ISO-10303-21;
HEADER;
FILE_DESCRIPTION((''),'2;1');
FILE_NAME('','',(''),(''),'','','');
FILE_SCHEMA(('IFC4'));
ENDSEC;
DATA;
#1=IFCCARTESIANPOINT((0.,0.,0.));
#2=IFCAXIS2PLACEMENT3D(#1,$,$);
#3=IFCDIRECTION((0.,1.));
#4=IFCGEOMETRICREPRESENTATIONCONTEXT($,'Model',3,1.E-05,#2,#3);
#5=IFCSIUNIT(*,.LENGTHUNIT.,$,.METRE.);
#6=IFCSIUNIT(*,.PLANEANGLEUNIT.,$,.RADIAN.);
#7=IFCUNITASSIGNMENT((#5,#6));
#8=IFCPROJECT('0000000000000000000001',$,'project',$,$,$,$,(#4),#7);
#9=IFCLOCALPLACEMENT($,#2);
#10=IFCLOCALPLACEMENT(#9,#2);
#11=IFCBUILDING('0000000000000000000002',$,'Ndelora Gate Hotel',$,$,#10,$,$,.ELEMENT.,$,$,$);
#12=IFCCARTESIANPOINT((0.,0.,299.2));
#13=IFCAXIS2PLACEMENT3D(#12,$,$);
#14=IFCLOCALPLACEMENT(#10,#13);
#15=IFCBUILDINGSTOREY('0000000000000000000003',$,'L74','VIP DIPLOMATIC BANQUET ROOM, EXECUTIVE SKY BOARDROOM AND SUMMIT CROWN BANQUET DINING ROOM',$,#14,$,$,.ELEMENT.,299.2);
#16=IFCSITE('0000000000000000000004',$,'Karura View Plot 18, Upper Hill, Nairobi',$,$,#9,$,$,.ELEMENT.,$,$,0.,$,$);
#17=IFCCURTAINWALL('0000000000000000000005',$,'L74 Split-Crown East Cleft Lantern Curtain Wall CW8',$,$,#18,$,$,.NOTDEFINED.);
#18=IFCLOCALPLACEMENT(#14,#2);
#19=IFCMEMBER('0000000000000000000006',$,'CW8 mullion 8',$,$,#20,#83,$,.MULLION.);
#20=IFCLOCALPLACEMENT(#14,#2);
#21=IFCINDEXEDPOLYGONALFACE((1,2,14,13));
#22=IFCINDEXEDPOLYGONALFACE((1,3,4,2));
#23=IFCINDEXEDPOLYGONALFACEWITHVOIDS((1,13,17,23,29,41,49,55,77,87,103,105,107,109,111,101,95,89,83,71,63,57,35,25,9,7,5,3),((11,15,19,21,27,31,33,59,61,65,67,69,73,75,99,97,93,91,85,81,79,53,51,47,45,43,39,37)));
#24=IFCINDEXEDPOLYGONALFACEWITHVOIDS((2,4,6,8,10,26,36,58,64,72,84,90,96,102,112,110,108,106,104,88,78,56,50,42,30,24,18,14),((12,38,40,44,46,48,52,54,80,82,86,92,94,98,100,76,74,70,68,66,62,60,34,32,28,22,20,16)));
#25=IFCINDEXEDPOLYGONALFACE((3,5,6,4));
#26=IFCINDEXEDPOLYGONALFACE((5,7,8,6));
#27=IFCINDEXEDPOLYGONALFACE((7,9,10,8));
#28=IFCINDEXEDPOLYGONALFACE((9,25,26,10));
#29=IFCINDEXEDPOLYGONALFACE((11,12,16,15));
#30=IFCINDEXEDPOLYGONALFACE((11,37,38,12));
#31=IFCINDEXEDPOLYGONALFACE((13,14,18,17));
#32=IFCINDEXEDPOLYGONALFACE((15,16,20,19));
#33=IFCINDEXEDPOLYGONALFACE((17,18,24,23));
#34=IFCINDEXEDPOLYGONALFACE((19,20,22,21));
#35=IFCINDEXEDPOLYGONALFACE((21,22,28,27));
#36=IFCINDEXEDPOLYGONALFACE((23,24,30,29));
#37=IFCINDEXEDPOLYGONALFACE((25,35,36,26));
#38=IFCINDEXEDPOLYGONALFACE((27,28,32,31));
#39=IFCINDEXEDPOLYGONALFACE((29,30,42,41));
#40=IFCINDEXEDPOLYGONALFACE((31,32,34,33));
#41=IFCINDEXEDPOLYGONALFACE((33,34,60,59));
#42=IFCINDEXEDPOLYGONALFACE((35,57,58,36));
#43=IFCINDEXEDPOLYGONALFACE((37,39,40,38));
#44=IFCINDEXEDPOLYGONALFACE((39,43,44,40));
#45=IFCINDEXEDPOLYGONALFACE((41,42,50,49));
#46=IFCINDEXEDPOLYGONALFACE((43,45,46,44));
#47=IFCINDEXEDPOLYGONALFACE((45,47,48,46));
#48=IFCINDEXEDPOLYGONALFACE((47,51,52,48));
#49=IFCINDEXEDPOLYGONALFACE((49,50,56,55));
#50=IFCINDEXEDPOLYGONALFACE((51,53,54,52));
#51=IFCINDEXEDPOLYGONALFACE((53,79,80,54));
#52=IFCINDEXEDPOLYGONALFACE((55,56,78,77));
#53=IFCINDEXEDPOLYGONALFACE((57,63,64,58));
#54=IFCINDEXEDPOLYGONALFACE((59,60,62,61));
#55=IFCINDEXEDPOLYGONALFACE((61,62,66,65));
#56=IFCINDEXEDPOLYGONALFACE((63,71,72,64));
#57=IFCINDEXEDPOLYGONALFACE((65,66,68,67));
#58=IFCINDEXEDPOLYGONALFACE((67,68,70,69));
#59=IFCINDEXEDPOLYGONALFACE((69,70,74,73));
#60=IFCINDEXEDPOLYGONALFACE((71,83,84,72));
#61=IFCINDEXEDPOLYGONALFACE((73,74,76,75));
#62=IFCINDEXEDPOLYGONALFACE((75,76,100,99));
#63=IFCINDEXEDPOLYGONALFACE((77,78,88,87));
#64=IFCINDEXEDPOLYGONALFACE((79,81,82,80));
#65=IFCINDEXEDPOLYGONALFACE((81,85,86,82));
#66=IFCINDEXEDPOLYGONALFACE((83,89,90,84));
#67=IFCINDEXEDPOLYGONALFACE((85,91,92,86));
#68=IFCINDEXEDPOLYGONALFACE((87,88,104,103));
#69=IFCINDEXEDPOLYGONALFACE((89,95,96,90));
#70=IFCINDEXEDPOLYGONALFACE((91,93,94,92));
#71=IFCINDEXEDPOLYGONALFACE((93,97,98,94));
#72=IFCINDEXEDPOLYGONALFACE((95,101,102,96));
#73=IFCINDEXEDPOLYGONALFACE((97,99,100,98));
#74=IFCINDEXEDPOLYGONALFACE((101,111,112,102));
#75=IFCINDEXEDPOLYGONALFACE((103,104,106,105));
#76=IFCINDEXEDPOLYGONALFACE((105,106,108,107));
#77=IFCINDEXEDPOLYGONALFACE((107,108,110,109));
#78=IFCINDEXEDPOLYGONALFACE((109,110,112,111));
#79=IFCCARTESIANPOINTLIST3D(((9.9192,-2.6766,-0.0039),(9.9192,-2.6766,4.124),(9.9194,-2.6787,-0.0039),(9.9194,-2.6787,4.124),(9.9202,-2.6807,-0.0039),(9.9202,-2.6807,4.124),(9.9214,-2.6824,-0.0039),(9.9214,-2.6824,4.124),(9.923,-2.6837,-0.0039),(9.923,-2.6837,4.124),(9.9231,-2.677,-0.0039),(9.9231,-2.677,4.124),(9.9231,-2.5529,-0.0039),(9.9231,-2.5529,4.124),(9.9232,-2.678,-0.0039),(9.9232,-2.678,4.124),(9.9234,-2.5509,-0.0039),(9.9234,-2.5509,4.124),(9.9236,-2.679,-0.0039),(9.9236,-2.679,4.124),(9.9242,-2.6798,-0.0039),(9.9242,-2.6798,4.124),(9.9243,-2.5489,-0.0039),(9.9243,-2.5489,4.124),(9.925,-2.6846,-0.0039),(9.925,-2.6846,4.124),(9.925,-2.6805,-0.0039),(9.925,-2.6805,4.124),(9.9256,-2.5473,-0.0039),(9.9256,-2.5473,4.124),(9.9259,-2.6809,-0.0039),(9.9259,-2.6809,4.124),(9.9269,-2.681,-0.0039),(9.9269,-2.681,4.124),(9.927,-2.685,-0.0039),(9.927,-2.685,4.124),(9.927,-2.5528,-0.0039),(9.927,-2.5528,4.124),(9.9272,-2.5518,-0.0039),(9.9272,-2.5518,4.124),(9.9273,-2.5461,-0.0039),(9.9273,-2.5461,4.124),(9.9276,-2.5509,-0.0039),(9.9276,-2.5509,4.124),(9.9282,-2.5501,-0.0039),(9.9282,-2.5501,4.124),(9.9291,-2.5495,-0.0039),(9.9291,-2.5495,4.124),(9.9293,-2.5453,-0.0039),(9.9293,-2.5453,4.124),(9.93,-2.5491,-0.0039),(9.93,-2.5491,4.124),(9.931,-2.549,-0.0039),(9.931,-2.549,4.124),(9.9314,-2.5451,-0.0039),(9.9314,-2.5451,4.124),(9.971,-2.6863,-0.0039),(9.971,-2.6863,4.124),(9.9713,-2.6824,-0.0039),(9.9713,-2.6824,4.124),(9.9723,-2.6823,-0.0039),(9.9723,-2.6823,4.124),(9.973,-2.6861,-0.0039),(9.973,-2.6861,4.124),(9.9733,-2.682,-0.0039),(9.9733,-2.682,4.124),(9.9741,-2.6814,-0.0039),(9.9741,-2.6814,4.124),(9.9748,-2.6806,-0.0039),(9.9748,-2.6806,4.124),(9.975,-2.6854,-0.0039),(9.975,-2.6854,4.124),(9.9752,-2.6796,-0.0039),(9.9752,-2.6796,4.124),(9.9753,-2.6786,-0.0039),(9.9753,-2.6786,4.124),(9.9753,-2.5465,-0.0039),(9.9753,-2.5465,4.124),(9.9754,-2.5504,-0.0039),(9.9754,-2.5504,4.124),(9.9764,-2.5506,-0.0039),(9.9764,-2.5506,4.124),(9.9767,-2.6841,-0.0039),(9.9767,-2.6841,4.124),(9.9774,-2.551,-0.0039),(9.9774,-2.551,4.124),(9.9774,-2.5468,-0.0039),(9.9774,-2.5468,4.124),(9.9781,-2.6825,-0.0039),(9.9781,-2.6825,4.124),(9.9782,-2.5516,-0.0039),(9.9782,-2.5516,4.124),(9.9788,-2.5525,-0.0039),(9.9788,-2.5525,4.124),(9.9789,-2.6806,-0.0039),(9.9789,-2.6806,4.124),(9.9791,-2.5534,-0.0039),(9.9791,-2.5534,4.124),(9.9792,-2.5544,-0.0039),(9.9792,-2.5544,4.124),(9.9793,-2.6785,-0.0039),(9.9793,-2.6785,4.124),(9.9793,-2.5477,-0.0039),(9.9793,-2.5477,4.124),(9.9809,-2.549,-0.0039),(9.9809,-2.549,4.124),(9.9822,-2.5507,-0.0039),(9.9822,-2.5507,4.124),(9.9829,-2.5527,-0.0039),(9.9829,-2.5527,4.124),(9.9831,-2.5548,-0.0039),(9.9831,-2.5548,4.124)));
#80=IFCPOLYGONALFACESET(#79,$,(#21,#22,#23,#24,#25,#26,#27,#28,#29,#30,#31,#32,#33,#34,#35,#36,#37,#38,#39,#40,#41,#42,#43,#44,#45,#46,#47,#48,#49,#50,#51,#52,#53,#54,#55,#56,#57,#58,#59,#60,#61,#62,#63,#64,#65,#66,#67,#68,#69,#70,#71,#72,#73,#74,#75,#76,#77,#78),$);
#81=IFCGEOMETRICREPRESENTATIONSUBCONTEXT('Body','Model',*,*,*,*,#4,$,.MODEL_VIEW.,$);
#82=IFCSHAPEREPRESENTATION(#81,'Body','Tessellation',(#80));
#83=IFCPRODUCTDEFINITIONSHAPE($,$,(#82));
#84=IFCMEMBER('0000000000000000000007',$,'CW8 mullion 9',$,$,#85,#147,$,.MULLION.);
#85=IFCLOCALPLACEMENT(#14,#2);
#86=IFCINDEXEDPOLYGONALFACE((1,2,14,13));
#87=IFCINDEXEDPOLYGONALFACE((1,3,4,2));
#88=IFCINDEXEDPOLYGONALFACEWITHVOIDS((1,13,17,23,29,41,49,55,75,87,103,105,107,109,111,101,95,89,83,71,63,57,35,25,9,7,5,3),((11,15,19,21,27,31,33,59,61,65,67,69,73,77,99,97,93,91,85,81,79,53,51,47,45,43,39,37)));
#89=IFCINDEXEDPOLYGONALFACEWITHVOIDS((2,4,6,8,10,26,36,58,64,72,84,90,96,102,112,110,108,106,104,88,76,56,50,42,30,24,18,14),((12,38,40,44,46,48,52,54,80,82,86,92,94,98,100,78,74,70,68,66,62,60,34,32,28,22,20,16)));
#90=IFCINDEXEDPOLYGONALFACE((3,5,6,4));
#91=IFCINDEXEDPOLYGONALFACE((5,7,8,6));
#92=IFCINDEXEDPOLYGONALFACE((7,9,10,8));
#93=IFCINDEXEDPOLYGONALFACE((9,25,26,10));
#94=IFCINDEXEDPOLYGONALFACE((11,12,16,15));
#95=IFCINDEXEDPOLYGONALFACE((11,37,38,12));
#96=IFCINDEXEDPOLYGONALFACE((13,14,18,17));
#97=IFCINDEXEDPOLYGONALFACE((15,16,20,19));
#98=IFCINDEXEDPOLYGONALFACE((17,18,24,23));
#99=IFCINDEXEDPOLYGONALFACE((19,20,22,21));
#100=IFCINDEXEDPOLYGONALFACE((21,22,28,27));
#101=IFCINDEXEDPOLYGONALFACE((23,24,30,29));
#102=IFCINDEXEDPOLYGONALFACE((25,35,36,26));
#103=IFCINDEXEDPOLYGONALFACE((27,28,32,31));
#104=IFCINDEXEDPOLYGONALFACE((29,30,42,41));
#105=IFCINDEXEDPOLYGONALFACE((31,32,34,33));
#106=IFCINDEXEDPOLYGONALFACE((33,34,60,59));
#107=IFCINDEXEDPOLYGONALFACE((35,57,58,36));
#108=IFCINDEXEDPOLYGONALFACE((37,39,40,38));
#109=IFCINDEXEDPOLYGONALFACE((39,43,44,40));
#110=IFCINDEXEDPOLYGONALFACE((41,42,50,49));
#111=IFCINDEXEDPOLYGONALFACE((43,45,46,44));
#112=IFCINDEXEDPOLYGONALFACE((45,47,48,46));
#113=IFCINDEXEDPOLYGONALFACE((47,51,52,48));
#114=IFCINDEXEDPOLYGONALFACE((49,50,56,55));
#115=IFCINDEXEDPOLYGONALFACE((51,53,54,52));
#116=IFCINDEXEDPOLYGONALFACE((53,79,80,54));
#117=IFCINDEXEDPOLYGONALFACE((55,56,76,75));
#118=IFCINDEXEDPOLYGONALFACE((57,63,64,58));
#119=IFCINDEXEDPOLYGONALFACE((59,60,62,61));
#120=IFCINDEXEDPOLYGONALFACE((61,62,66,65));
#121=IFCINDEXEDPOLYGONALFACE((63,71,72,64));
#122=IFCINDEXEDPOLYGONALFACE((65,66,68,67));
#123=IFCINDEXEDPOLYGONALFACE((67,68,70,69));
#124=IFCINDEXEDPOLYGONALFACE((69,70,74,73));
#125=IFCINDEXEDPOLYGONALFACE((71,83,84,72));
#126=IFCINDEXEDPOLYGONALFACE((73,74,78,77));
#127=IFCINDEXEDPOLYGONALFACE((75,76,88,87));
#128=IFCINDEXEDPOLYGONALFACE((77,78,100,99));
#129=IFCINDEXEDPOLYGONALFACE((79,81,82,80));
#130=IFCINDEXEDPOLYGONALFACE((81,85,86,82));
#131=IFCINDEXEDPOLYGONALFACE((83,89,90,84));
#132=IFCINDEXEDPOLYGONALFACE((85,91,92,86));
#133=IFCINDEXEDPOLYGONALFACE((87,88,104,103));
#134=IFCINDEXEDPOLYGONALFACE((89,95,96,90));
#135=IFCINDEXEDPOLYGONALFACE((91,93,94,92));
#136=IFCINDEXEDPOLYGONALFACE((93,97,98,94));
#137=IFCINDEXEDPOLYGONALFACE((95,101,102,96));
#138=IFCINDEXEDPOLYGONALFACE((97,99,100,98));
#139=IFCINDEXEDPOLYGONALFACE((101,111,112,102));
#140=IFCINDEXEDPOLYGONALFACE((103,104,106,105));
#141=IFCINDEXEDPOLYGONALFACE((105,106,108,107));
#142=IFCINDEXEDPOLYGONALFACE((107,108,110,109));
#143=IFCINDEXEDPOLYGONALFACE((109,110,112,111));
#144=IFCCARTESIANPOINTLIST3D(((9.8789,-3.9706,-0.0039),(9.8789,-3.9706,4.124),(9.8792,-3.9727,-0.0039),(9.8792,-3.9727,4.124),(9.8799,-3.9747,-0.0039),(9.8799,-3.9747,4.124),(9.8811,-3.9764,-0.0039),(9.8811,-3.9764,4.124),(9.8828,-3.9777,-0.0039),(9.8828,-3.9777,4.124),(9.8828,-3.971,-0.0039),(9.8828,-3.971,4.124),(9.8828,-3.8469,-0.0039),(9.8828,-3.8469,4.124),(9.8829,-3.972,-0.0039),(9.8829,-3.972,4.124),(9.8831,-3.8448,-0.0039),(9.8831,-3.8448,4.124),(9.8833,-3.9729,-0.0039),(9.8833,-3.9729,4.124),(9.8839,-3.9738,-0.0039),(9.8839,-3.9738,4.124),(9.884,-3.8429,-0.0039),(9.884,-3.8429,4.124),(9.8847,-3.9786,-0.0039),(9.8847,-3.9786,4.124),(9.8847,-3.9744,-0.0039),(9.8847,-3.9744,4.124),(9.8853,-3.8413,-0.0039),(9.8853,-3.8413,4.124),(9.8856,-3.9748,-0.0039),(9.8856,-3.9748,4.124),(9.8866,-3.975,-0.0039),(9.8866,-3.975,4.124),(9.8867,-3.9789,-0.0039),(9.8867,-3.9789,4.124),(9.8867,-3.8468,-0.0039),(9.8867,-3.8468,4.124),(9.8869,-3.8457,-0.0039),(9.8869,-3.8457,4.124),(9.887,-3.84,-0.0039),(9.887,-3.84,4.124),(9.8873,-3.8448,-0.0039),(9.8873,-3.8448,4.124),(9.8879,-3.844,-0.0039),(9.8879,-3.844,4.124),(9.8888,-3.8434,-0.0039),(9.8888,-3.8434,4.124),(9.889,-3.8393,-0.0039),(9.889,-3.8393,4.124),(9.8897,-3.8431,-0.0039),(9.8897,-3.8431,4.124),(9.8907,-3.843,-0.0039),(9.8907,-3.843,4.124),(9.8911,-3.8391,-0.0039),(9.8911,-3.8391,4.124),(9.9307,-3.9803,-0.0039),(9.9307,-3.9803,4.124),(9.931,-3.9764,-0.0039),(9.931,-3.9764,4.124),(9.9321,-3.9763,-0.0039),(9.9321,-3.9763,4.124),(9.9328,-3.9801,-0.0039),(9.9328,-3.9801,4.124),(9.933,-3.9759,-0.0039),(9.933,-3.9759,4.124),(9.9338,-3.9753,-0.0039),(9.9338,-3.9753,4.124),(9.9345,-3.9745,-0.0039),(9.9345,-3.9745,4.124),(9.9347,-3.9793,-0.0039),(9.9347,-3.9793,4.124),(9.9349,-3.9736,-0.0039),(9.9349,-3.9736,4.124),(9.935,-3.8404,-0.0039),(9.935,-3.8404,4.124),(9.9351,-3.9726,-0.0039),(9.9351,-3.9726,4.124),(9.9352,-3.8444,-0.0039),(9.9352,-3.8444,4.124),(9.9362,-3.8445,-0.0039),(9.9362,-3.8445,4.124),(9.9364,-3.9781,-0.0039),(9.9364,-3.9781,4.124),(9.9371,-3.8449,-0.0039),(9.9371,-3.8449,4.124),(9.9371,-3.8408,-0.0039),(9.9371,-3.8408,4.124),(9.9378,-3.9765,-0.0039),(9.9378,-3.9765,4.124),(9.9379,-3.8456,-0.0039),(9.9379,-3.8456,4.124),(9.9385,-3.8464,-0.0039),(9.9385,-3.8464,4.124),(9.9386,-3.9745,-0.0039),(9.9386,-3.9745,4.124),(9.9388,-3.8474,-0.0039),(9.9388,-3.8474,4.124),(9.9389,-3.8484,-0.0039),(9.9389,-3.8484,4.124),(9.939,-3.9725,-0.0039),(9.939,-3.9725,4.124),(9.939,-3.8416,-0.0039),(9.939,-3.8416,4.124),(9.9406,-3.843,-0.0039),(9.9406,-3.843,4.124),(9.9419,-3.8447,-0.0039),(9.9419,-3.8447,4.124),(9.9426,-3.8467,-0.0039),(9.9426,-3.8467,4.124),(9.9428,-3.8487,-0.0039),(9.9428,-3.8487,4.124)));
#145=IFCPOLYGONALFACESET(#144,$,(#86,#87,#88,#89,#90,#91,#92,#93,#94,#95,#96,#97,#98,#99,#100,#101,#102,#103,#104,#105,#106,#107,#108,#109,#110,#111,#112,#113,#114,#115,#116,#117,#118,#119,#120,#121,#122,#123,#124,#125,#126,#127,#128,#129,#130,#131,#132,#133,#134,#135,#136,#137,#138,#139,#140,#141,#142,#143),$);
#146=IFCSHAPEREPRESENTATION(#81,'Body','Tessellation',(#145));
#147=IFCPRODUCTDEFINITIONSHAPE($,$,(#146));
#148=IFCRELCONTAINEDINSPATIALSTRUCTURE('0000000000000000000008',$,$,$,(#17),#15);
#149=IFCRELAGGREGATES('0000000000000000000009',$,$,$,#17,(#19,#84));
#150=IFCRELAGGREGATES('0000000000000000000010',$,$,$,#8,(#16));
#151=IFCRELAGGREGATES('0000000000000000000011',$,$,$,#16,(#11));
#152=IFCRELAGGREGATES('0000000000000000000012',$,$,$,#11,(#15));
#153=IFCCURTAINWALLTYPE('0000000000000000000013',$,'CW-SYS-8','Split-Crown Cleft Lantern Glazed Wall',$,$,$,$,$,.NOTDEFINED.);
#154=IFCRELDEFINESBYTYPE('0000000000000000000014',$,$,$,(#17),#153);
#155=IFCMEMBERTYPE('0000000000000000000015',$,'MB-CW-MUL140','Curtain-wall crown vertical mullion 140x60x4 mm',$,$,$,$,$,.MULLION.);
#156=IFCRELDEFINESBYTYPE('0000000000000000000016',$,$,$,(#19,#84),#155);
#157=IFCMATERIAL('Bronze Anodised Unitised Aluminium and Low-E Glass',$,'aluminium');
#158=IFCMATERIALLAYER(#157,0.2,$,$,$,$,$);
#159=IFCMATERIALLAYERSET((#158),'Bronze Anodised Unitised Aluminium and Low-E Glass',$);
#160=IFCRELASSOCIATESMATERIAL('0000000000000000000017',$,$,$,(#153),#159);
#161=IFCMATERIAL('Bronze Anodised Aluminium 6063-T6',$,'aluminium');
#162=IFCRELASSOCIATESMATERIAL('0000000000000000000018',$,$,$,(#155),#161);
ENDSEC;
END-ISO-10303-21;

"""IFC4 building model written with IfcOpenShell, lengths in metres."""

from ifc_helpers import new_model, si_unit, direction, frame, origin, origin_2d, place, context, subcontext, project, spatial, hollow_rectangle, extrude, material, layer, layer_set, material_profile, profile_set, type_object, element, aggregate, save


model = new_model("IFC4")

# Units and contexts
model_context = context("Model", 3, precision=1e-05, world=origin(), true_north=direction((0.0, 1.0)))
body_context = subcontext(model_context, "Body", "Model", "MODEL_VIEW")
ifc_project = project(units=[si_unit("LENGTHUNIT", "METRE"), si_unit("PLANEANGLEUNIT", "RADIAN")], contexts=[model_context])

# Site, building, storey
site_placement = place(None, origin())
site = spatial("IfcSite", under=ifc_project, at=site_placement, Name="Karura View Plot 18, Upper Hill, Nairobi", CompositionType="ELEMENT", RefElevation=0.0)
building_placement = place(site_placement, origin())
building = spatial("IfcBuilding", under=site, at=building_placement, Name="Ndelora Gate Hotel", CompositionType="ELEMENT")
storey_placement = place(building_placement, frame((0.0, 0.0, 299.2)))
storey = spatial("IfcBuildingStorey", under=building, at=storey_placement, Name="L74", Description="VIP DIPLOMATIC BANQUET ROOM, EXECUTIVE SKY BOARDROOM AND SUMMIT CROWN BANQUET DINING ROOM", CompositionType="ELEMENT", Elevation=299.2)

# Shared definitions
ifc_material_1 = material(Name="Bronze Anodised Unitised Aluminium and Low-E Glass", Category="aluminium")
ifc_layer_1 = layer(ifc_material_1, 0.2)
ifc_layer_set_1 = layer_set([ifc_layer_1], Name="Bronze Anodised Unitised Aluminium and Low-E Glass")
curtain_wall_type = type_object("IfcCurtainWallType", Name="CW-SYS-8", Description="Split-Crown Cleft Lantern Glazed Wall", PredefinedType="NOTDEFINED", material=ifc_layer_set_1)
ifc_material_2 = material(Name="Bronze Anodised Aluminium 6063-T6", Category="aluminium")
ifc_material_profile_1 = material_profile(ifc_material_2, hollow_rectangle(XDim=0.0601, YDim=0.1399, WallThickness=0.0039, InnerFilletRadius=0.0039, OuterFilletRadius=0.0081, at=origin_2d()), Name="ALU 140x60x4")
ifc_profile_set_1 = profile_set([ifc_material_profile_1], Name="Bronze Anodised Aluminium 6063-T6")
member_type_1 = type_object("IfcMemberType", Name="MB-CW-MUL140", Description="Curtain-wall crown vertical mullion 140x60x4 mm", PredefinedType="MULLION", material=ifc_profile_set_1)

# Curtain wall, members
curtain_wall_1_placement = place(storey_placement, origin())
curtain_wall_1 = element("IfcCurtainWall", 1, at=curtain_wall_1_placement, inside=storey, type_object=curtain_wall_type, Name="L74 Split-Crown East Cleft Lantern Curtain Wall CW8", PredefinedType="NOTDEFINED")
member_1_placement = place(storey_placement, frame((9.9512, -2.6157, -0.0039), z_axis=(0.0, 0.0, 1.0), x_axis=(0.999515, -0.031131, 0.0)))
member_1 = element("IfcMember", 2, at=member_1_placement, type_object=member_type_1, Name="CW8 mullion 8", PredefinedType="MULLION", context=body_context, shape_type="SweptSolid", body=[
    extrude(hollow_rectangle(XDim=0.0601, YDim=0.1399, WallThickness=0.0039, InnerFilletRadius=0.0039, OuterFilletRadius=0.0081, at=origin_2d()), origin(), (0.0, 0.0, 1.0), 4.1279),
])
member_2_placement = place(storey_placement, frame((9.9109, -3.9097, -0.0039), z_axis=(0.0, 0.0, 1.0), x_axis=(0.999515, -0.031131, 0.0)))
member_2 = element("IfcMember", 3, at=member_2_placement, type_object=member_type_1, Name="CW8 mullion 9", PredefinedType="MULLION", context=body_context, shape_type="SweptSolid", body=[
    extrude(hollow_rectangle(XDim=0.0601, YDim=0.1399, WallThickness=0.0039, InnerFilletRadius=0.0039, OuterFilletRadius=0.0081, at=origin_2d()), origin(), (0.0, 0.0, 1.0), 4.1279),
])

aggregate(curtain_wall_1, [member_1, member_2])

save(model, "model.ifc")
